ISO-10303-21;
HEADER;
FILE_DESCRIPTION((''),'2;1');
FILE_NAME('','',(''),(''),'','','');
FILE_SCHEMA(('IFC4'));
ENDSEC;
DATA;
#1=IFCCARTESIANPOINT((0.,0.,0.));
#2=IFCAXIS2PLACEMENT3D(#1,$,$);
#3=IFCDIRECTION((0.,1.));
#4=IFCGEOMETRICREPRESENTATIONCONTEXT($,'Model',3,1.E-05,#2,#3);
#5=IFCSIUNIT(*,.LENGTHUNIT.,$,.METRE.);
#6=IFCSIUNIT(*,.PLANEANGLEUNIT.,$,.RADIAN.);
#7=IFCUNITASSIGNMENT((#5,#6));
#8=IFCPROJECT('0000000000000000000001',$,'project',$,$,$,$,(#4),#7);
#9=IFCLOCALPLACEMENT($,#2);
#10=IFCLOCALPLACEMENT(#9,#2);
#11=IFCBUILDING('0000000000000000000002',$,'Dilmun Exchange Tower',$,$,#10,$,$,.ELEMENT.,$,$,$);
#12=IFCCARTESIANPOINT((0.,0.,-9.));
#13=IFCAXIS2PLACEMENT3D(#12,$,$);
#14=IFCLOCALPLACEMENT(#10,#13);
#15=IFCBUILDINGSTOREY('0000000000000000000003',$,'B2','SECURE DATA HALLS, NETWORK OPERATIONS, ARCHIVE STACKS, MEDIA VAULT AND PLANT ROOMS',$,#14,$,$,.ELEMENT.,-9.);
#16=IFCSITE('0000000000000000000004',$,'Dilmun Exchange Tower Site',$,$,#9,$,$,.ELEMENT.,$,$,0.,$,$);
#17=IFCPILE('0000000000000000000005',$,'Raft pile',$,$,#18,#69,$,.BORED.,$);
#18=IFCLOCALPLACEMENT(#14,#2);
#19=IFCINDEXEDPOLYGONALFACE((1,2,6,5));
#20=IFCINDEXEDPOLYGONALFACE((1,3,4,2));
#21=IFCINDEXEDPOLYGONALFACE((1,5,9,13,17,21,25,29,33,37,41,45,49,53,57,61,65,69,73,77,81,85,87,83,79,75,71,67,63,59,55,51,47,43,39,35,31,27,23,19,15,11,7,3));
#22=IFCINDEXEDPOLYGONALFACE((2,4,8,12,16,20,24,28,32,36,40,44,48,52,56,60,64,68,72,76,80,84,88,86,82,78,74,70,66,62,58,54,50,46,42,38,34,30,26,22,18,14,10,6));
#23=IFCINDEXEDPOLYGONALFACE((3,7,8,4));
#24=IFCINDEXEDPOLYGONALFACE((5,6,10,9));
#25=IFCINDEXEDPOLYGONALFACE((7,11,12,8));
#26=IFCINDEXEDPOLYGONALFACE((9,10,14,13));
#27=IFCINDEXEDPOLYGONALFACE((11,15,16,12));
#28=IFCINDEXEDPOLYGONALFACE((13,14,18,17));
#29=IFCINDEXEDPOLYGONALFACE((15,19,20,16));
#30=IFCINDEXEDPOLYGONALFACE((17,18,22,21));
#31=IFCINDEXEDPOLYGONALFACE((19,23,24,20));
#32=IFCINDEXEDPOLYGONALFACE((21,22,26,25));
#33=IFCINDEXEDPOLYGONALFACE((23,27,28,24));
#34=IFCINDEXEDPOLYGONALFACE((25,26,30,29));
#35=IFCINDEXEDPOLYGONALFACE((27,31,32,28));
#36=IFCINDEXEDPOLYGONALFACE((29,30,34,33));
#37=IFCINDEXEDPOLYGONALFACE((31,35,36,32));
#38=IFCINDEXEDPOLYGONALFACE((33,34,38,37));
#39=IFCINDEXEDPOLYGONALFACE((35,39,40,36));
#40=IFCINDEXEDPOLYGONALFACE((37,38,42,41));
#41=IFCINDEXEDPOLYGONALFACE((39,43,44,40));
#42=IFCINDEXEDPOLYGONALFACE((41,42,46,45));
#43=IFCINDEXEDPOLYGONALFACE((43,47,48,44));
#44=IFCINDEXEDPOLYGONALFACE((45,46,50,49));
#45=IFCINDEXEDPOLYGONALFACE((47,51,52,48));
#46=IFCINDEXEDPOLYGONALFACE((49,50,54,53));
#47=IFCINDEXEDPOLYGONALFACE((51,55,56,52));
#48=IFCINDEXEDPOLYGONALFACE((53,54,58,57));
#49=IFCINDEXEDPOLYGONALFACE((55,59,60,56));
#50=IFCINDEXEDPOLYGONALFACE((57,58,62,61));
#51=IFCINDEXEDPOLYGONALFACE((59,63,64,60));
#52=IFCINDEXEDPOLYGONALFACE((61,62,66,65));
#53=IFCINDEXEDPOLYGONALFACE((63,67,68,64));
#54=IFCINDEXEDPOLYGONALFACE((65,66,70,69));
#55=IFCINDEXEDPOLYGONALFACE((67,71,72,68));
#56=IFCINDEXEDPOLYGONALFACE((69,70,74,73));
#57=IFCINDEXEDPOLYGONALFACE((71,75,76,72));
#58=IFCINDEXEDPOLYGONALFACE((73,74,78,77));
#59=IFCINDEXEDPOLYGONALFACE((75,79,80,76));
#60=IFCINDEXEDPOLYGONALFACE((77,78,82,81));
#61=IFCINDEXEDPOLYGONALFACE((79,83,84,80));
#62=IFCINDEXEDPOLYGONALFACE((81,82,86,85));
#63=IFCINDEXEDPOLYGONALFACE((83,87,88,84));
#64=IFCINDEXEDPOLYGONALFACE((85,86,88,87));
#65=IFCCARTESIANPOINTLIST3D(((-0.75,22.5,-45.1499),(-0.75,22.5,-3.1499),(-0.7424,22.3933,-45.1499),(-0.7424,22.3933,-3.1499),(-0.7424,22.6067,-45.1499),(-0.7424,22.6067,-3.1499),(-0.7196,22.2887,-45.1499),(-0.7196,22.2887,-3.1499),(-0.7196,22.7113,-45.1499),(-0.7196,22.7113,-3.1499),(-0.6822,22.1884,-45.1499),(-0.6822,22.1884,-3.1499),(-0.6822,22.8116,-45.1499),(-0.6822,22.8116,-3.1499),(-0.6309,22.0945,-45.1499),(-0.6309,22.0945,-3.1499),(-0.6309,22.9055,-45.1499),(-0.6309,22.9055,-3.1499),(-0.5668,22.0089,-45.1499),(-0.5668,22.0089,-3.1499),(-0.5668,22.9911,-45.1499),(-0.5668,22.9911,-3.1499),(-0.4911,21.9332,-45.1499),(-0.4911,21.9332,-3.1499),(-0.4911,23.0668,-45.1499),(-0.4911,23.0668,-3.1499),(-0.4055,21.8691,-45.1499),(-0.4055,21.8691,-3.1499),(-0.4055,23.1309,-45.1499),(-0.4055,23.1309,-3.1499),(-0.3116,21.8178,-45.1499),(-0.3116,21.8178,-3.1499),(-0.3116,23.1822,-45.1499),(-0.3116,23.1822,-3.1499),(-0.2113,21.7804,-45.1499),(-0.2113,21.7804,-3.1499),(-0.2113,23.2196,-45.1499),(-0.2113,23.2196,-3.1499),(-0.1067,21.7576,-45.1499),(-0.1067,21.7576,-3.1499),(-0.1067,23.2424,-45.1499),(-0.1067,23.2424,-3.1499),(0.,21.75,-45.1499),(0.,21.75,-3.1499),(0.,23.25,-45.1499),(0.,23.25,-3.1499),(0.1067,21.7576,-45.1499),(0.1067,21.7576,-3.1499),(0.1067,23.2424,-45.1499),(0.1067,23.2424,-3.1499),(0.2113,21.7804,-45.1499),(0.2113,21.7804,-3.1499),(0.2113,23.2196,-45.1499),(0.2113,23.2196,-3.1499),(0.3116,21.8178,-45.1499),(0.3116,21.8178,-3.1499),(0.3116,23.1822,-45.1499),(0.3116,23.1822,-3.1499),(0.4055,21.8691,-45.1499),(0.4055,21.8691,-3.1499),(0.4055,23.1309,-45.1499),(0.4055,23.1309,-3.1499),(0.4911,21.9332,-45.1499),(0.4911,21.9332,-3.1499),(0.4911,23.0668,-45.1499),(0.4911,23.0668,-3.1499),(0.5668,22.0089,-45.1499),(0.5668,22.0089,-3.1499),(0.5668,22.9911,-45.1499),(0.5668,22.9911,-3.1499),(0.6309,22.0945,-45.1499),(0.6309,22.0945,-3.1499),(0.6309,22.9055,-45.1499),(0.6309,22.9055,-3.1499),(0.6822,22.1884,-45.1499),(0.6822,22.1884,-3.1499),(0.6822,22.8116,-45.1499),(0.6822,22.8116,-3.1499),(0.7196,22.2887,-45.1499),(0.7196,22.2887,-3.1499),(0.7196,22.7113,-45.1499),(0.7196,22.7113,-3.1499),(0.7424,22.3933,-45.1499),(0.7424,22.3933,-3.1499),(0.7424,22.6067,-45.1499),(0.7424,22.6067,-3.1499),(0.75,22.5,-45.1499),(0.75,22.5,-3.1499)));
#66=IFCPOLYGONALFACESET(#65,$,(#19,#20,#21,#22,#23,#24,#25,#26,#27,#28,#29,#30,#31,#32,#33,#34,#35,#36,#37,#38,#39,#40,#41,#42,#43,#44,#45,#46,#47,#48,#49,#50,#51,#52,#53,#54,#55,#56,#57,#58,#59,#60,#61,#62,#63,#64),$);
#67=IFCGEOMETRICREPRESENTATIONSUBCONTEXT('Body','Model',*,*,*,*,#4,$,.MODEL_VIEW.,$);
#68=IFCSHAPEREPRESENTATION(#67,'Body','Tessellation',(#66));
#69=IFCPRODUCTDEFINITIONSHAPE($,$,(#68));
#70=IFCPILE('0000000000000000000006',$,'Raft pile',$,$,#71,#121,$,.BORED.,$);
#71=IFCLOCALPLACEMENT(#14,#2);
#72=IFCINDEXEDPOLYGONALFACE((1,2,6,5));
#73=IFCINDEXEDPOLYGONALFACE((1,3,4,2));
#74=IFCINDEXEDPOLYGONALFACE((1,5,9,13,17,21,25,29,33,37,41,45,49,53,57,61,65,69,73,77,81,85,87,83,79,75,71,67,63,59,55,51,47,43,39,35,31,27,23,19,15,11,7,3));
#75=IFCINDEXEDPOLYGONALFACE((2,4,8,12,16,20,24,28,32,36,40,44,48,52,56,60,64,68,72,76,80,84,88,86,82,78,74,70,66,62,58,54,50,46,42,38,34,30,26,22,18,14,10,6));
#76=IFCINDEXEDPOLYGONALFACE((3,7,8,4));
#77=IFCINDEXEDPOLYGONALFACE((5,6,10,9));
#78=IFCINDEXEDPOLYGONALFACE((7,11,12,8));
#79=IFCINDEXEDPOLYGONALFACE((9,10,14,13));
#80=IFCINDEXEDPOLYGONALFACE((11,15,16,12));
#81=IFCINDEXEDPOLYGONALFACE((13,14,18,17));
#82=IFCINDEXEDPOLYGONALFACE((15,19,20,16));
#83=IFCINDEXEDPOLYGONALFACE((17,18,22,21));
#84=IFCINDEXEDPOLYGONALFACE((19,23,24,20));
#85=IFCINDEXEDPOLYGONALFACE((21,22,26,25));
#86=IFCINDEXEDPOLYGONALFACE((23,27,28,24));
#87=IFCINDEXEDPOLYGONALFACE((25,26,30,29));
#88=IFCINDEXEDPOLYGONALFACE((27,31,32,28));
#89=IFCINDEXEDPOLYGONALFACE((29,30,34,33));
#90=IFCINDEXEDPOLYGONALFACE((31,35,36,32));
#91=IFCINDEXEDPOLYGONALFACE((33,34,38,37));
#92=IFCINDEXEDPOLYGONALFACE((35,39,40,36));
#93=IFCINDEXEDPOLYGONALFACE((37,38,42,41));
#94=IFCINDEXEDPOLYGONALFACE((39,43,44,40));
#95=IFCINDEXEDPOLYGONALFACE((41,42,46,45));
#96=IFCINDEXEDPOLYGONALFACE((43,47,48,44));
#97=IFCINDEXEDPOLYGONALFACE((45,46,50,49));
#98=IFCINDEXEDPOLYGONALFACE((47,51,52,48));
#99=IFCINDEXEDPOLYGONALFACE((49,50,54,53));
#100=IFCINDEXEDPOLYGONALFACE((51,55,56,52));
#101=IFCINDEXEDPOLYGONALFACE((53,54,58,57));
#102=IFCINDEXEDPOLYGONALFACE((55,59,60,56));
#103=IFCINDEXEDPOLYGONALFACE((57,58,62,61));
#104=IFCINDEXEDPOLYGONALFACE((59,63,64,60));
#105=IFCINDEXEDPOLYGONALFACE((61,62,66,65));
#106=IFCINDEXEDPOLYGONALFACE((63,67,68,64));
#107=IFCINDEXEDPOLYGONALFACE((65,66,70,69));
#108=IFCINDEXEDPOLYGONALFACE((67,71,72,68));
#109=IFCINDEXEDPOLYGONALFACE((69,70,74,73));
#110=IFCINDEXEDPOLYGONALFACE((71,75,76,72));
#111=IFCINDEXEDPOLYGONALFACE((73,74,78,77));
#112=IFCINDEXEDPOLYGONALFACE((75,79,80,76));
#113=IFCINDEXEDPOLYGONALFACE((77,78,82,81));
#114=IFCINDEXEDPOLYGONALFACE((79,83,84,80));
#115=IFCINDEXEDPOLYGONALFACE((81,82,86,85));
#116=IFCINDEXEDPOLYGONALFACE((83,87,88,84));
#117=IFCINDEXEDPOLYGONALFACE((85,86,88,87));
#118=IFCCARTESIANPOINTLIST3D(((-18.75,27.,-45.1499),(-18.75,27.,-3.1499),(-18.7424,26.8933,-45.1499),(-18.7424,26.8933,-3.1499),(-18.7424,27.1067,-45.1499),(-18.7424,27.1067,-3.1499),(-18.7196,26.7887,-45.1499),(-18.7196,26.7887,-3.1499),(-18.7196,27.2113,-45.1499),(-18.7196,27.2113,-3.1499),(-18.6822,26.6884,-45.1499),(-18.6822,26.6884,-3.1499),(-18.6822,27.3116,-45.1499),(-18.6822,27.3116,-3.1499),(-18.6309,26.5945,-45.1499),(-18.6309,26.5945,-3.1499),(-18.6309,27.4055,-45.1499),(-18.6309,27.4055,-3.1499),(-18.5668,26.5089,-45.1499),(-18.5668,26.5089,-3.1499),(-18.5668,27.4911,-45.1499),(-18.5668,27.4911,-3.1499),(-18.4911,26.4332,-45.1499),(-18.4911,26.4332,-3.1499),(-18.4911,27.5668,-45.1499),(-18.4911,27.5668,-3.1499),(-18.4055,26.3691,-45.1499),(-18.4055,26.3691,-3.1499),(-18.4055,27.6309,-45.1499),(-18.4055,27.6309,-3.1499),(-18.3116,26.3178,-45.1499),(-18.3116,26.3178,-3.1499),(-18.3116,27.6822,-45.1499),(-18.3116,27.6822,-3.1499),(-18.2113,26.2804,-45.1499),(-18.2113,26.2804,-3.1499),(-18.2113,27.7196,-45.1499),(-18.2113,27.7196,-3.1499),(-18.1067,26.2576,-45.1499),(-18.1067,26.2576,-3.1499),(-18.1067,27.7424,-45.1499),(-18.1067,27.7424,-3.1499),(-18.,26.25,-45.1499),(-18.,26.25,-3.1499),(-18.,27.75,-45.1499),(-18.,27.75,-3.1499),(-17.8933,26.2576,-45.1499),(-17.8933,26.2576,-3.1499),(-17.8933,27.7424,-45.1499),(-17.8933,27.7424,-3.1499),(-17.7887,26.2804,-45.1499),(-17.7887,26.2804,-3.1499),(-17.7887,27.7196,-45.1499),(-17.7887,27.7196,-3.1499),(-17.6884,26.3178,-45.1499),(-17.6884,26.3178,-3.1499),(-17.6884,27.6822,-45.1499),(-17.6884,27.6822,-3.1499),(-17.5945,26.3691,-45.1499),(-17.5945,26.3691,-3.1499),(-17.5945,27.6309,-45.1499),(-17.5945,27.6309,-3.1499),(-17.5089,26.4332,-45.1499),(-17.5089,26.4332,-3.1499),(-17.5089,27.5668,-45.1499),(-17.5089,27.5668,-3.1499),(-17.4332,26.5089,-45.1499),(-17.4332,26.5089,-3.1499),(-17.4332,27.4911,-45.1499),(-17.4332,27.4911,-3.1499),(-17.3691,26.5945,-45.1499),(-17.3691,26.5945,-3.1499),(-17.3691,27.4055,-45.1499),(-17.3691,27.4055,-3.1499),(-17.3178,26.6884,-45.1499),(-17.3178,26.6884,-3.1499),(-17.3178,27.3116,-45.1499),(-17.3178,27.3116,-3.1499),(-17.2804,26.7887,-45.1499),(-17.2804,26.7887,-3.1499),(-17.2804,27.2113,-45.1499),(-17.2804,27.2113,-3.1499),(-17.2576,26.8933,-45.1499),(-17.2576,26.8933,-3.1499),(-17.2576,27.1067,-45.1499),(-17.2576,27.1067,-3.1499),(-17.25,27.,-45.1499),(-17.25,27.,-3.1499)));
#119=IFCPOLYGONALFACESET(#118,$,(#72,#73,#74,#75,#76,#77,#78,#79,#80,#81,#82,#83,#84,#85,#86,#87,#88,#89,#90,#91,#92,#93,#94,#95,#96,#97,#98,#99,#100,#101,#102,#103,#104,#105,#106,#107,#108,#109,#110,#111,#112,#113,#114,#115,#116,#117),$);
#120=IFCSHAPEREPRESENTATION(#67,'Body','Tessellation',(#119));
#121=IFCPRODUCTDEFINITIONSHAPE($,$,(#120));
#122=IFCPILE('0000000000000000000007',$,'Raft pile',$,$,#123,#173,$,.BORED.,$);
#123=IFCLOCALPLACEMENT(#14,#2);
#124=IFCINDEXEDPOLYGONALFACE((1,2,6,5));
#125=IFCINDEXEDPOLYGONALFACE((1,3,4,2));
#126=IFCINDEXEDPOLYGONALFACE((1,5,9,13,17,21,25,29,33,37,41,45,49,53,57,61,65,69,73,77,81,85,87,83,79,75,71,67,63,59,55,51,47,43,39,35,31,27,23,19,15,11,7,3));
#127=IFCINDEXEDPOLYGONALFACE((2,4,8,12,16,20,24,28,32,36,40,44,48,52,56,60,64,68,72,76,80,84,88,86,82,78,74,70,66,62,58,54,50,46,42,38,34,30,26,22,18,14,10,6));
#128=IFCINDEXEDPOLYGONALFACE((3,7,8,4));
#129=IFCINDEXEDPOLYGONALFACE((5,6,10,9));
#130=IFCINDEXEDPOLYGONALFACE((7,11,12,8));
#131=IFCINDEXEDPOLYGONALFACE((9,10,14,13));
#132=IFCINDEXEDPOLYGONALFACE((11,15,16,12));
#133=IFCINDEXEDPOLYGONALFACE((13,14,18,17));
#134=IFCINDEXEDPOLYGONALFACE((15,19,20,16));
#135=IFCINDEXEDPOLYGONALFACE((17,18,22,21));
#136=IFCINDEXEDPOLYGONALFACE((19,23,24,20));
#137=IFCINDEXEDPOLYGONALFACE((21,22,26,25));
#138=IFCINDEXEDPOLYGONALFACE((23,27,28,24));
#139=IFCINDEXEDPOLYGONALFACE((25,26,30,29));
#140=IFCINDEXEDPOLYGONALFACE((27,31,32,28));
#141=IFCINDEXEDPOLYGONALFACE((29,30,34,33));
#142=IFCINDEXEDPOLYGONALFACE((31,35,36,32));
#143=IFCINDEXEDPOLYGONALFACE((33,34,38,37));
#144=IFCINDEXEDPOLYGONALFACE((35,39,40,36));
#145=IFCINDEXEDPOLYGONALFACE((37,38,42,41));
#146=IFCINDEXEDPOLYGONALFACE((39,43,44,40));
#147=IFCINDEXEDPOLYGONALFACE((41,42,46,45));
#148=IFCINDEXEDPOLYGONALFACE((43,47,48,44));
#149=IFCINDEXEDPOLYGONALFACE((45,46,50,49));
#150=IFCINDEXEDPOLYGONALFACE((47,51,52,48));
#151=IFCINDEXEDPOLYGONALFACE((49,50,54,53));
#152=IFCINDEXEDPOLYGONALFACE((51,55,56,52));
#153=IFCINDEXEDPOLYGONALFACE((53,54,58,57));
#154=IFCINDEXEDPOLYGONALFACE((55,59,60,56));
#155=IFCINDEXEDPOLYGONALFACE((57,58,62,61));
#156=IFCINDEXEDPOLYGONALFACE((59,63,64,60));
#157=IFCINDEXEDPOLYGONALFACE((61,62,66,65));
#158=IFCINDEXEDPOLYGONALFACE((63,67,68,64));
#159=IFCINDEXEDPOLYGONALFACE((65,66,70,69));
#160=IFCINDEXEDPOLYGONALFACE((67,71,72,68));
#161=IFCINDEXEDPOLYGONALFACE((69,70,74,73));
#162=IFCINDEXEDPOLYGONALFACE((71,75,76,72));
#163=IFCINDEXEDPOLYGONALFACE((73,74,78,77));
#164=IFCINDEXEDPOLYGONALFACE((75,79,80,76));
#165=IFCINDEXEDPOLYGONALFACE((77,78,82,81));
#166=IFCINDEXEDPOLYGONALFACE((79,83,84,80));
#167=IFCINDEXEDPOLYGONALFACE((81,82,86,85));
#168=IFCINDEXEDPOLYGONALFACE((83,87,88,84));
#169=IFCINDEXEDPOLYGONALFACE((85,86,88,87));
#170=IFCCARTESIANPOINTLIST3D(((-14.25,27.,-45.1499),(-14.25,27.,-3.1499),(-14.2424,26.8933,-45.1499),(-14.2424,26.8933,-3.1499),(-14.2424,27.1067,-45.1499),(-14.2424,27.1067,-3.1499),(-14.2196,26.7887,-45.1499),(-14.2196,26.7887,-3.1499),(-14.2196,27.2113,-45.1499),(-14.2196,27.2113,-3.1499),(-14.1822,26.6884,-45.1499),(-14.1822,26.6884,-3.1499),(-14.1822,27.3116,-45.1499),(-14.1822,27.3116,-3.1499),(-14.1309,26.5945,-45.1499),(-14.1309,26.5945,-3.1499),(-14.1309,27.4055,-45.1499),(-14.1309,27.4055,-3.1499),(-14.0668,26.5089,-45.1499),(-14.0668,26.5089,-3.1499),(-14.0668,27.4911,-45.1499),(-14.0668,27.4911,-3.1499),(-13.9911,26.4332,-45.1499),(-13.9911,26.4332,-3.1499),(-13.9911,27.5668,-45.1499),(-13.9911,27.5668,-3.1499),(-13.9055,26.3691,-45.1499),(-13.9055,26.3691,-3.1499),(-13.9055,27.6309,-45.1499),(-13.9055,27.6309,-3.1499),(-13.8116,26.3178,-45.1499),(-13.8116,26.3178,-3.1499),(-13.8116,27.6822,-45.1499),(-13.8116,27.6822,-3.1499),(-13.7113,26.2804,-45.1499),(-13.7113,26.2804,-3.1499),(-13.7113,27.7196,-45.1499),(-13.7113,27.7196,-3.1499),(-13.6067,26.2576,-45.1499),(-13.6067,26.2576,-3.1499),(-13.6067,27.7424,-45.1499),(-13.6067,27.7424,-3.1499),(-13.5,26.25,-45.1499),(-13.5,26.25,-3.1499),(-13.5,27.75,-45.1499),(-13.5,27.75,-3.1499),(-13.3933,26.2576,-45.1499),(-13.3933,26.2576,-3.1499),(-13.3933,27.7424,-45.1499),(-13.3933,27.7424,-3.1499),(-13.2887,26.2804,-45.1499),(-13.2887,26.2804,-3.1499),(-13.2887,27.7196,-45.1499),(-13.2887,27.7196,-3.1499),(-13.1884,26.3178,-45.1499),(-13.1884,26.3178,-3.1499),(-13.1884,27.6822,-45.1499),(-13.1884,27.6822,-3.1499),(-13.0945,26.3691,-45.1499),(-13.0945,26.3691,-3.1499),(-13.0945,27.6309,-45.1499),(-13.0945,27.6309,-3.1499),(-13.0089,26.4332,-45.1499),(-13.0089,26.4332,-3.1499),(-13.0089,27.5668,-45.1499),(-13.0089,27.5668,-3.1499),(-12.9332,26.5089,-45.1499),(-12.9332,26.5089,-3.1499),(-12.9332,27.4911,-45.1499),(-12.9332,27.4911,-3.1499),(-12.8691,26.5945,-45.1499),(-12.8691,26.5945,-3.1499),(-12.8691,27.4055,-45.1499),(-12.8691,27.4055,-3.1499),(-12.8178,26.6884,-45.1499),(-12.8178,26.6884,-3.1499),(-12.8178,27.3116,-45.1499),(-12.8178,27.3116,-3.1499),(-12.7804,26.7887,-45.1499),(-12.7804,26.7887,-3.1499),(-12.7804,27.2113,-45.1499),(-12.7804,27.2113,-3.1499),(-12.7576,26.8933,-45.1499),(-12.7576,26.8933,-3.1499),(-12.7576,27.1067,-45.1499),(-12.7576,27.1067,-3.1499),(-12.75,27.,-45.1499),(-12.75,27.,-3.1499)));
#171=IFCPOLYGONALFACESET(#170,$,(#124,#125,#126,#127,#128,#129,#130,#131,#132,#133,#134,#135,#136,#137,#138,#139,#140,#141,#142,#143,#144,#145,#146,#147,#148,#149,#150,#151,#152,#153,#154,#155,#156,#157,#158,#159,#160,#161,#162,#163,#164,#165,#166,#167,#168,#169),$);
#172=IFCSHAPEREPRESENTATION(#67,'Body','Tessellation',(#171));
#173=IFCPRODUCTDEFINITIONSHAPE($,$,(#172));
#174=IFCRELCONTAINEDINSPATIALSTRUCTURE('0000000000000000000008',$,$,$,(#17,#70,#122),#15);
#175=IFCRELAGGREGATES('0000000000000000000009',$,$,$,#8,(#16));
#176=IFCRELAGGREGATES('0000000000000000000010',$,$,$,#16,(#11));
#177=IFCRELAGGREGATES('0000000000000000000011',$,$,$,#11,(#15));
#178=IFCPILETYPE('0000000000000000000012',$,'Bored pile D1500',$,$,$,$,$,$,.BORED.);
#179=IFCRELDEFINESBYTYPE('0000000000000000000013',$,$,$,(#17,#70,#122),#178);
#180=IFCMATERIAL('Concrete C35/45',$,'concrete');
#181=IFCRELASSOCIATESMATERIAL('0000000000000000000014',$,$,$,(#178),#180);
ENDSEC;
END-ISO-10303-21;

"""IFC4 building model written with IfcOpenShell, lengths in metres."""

from ifc_helpers import new_model, si_unit, direction, frame, origin, origin_2d, place, context, subcontext, project, spatial, circle, extrude, material, material_profile, profile_set, type_object, element, save


model = new_model("IFC4")

# Units and contexts
model_context = context("Model", 3, precision=1e-05, world=origin(), true_north=direction((0.0, 1.0)))
body_context = subcontext(model_context, "Body", "Model", "MODEL_VIEW")
ifc_project = project(units=[si_unit("LENGTHUNIT", "METRE"), si_unit("PLANEANGLEUNIT", "RADIAN")], contexts=[model_context])

# Site, building, storey
site_placement = place(None, origin())
site = spatial("IfcSite", under=ifc_project, at=site_placement, Name="Dilmun Exchange Tower Site", CompositionType="ELEMENT", RefElevation=0.0)
building_placement = place(site_placement, origin())
building = spatial("IfcBuilding", under=site, at=building_placement, Name="Dilmun Exchange Tower", CompositionType="ELEMENT")
storey_placement = place(building_placement, frame((0.0, 0.0, -9.0)))
storey = spatial("IfcBuildingStorey", under=building, at=storey_placement, Name="B2", Description="SECURE DATA HALLS, NETWORK OPERATIONS, ARCHIVE STACKS, MEDIA VAULT AND PLANT ROOMS", CompositionType="ELEMENT", Elevation=-9.0)

# Piles
ifc_material_1 = material(Name="Concrete C35/45", Category="concrete")
ifc_material_profile_1 = material_profile(ifc_material_1, circle(Radius=0.75, at=origin_2d()), Name="D1500")
ifc_profile_set_1 = profile_set([ifc_material_profile_1], Name="Concrete C35/45")
pile_type = type_object("IfcPileType", Name="Bored pile D1500", PredefinedType="BORED", material=ifc_profile_set_1)
for number, where, z_axis, x_axis, name in (
    (1, (0.0, 22.5, -3.1499), (0.0, 0.0, -1.0), (1.0, 0.0, 0.0), "Raft pile"),
    (2, (-18.0, 27.0, -3.1499), (0.0, 0.0, -1.0), (1.0, 0.0, 0.0), "Raft pile"),
    (3, (-13.5, 27.0, -3.1499), (0.0, 0.0, -1.0), (1.0, 0.0, 0.0), "Raft pile"),
):
    element("IfcPile", number, at=place(storey_placement, frame(where, z_axis=z_axis, x_axis=x_axis)), inside=storey, type_object=pile_type, Name=name, PredefinedType="BORED", context=body_context, shape_type="SweptSolid", body=[
        extrude(circle(Radius=0.75, at=origin_2d()), origin(), (0.0, 0.0, 1.0), 42.0),
    ])

save(model, "model.ifc")
